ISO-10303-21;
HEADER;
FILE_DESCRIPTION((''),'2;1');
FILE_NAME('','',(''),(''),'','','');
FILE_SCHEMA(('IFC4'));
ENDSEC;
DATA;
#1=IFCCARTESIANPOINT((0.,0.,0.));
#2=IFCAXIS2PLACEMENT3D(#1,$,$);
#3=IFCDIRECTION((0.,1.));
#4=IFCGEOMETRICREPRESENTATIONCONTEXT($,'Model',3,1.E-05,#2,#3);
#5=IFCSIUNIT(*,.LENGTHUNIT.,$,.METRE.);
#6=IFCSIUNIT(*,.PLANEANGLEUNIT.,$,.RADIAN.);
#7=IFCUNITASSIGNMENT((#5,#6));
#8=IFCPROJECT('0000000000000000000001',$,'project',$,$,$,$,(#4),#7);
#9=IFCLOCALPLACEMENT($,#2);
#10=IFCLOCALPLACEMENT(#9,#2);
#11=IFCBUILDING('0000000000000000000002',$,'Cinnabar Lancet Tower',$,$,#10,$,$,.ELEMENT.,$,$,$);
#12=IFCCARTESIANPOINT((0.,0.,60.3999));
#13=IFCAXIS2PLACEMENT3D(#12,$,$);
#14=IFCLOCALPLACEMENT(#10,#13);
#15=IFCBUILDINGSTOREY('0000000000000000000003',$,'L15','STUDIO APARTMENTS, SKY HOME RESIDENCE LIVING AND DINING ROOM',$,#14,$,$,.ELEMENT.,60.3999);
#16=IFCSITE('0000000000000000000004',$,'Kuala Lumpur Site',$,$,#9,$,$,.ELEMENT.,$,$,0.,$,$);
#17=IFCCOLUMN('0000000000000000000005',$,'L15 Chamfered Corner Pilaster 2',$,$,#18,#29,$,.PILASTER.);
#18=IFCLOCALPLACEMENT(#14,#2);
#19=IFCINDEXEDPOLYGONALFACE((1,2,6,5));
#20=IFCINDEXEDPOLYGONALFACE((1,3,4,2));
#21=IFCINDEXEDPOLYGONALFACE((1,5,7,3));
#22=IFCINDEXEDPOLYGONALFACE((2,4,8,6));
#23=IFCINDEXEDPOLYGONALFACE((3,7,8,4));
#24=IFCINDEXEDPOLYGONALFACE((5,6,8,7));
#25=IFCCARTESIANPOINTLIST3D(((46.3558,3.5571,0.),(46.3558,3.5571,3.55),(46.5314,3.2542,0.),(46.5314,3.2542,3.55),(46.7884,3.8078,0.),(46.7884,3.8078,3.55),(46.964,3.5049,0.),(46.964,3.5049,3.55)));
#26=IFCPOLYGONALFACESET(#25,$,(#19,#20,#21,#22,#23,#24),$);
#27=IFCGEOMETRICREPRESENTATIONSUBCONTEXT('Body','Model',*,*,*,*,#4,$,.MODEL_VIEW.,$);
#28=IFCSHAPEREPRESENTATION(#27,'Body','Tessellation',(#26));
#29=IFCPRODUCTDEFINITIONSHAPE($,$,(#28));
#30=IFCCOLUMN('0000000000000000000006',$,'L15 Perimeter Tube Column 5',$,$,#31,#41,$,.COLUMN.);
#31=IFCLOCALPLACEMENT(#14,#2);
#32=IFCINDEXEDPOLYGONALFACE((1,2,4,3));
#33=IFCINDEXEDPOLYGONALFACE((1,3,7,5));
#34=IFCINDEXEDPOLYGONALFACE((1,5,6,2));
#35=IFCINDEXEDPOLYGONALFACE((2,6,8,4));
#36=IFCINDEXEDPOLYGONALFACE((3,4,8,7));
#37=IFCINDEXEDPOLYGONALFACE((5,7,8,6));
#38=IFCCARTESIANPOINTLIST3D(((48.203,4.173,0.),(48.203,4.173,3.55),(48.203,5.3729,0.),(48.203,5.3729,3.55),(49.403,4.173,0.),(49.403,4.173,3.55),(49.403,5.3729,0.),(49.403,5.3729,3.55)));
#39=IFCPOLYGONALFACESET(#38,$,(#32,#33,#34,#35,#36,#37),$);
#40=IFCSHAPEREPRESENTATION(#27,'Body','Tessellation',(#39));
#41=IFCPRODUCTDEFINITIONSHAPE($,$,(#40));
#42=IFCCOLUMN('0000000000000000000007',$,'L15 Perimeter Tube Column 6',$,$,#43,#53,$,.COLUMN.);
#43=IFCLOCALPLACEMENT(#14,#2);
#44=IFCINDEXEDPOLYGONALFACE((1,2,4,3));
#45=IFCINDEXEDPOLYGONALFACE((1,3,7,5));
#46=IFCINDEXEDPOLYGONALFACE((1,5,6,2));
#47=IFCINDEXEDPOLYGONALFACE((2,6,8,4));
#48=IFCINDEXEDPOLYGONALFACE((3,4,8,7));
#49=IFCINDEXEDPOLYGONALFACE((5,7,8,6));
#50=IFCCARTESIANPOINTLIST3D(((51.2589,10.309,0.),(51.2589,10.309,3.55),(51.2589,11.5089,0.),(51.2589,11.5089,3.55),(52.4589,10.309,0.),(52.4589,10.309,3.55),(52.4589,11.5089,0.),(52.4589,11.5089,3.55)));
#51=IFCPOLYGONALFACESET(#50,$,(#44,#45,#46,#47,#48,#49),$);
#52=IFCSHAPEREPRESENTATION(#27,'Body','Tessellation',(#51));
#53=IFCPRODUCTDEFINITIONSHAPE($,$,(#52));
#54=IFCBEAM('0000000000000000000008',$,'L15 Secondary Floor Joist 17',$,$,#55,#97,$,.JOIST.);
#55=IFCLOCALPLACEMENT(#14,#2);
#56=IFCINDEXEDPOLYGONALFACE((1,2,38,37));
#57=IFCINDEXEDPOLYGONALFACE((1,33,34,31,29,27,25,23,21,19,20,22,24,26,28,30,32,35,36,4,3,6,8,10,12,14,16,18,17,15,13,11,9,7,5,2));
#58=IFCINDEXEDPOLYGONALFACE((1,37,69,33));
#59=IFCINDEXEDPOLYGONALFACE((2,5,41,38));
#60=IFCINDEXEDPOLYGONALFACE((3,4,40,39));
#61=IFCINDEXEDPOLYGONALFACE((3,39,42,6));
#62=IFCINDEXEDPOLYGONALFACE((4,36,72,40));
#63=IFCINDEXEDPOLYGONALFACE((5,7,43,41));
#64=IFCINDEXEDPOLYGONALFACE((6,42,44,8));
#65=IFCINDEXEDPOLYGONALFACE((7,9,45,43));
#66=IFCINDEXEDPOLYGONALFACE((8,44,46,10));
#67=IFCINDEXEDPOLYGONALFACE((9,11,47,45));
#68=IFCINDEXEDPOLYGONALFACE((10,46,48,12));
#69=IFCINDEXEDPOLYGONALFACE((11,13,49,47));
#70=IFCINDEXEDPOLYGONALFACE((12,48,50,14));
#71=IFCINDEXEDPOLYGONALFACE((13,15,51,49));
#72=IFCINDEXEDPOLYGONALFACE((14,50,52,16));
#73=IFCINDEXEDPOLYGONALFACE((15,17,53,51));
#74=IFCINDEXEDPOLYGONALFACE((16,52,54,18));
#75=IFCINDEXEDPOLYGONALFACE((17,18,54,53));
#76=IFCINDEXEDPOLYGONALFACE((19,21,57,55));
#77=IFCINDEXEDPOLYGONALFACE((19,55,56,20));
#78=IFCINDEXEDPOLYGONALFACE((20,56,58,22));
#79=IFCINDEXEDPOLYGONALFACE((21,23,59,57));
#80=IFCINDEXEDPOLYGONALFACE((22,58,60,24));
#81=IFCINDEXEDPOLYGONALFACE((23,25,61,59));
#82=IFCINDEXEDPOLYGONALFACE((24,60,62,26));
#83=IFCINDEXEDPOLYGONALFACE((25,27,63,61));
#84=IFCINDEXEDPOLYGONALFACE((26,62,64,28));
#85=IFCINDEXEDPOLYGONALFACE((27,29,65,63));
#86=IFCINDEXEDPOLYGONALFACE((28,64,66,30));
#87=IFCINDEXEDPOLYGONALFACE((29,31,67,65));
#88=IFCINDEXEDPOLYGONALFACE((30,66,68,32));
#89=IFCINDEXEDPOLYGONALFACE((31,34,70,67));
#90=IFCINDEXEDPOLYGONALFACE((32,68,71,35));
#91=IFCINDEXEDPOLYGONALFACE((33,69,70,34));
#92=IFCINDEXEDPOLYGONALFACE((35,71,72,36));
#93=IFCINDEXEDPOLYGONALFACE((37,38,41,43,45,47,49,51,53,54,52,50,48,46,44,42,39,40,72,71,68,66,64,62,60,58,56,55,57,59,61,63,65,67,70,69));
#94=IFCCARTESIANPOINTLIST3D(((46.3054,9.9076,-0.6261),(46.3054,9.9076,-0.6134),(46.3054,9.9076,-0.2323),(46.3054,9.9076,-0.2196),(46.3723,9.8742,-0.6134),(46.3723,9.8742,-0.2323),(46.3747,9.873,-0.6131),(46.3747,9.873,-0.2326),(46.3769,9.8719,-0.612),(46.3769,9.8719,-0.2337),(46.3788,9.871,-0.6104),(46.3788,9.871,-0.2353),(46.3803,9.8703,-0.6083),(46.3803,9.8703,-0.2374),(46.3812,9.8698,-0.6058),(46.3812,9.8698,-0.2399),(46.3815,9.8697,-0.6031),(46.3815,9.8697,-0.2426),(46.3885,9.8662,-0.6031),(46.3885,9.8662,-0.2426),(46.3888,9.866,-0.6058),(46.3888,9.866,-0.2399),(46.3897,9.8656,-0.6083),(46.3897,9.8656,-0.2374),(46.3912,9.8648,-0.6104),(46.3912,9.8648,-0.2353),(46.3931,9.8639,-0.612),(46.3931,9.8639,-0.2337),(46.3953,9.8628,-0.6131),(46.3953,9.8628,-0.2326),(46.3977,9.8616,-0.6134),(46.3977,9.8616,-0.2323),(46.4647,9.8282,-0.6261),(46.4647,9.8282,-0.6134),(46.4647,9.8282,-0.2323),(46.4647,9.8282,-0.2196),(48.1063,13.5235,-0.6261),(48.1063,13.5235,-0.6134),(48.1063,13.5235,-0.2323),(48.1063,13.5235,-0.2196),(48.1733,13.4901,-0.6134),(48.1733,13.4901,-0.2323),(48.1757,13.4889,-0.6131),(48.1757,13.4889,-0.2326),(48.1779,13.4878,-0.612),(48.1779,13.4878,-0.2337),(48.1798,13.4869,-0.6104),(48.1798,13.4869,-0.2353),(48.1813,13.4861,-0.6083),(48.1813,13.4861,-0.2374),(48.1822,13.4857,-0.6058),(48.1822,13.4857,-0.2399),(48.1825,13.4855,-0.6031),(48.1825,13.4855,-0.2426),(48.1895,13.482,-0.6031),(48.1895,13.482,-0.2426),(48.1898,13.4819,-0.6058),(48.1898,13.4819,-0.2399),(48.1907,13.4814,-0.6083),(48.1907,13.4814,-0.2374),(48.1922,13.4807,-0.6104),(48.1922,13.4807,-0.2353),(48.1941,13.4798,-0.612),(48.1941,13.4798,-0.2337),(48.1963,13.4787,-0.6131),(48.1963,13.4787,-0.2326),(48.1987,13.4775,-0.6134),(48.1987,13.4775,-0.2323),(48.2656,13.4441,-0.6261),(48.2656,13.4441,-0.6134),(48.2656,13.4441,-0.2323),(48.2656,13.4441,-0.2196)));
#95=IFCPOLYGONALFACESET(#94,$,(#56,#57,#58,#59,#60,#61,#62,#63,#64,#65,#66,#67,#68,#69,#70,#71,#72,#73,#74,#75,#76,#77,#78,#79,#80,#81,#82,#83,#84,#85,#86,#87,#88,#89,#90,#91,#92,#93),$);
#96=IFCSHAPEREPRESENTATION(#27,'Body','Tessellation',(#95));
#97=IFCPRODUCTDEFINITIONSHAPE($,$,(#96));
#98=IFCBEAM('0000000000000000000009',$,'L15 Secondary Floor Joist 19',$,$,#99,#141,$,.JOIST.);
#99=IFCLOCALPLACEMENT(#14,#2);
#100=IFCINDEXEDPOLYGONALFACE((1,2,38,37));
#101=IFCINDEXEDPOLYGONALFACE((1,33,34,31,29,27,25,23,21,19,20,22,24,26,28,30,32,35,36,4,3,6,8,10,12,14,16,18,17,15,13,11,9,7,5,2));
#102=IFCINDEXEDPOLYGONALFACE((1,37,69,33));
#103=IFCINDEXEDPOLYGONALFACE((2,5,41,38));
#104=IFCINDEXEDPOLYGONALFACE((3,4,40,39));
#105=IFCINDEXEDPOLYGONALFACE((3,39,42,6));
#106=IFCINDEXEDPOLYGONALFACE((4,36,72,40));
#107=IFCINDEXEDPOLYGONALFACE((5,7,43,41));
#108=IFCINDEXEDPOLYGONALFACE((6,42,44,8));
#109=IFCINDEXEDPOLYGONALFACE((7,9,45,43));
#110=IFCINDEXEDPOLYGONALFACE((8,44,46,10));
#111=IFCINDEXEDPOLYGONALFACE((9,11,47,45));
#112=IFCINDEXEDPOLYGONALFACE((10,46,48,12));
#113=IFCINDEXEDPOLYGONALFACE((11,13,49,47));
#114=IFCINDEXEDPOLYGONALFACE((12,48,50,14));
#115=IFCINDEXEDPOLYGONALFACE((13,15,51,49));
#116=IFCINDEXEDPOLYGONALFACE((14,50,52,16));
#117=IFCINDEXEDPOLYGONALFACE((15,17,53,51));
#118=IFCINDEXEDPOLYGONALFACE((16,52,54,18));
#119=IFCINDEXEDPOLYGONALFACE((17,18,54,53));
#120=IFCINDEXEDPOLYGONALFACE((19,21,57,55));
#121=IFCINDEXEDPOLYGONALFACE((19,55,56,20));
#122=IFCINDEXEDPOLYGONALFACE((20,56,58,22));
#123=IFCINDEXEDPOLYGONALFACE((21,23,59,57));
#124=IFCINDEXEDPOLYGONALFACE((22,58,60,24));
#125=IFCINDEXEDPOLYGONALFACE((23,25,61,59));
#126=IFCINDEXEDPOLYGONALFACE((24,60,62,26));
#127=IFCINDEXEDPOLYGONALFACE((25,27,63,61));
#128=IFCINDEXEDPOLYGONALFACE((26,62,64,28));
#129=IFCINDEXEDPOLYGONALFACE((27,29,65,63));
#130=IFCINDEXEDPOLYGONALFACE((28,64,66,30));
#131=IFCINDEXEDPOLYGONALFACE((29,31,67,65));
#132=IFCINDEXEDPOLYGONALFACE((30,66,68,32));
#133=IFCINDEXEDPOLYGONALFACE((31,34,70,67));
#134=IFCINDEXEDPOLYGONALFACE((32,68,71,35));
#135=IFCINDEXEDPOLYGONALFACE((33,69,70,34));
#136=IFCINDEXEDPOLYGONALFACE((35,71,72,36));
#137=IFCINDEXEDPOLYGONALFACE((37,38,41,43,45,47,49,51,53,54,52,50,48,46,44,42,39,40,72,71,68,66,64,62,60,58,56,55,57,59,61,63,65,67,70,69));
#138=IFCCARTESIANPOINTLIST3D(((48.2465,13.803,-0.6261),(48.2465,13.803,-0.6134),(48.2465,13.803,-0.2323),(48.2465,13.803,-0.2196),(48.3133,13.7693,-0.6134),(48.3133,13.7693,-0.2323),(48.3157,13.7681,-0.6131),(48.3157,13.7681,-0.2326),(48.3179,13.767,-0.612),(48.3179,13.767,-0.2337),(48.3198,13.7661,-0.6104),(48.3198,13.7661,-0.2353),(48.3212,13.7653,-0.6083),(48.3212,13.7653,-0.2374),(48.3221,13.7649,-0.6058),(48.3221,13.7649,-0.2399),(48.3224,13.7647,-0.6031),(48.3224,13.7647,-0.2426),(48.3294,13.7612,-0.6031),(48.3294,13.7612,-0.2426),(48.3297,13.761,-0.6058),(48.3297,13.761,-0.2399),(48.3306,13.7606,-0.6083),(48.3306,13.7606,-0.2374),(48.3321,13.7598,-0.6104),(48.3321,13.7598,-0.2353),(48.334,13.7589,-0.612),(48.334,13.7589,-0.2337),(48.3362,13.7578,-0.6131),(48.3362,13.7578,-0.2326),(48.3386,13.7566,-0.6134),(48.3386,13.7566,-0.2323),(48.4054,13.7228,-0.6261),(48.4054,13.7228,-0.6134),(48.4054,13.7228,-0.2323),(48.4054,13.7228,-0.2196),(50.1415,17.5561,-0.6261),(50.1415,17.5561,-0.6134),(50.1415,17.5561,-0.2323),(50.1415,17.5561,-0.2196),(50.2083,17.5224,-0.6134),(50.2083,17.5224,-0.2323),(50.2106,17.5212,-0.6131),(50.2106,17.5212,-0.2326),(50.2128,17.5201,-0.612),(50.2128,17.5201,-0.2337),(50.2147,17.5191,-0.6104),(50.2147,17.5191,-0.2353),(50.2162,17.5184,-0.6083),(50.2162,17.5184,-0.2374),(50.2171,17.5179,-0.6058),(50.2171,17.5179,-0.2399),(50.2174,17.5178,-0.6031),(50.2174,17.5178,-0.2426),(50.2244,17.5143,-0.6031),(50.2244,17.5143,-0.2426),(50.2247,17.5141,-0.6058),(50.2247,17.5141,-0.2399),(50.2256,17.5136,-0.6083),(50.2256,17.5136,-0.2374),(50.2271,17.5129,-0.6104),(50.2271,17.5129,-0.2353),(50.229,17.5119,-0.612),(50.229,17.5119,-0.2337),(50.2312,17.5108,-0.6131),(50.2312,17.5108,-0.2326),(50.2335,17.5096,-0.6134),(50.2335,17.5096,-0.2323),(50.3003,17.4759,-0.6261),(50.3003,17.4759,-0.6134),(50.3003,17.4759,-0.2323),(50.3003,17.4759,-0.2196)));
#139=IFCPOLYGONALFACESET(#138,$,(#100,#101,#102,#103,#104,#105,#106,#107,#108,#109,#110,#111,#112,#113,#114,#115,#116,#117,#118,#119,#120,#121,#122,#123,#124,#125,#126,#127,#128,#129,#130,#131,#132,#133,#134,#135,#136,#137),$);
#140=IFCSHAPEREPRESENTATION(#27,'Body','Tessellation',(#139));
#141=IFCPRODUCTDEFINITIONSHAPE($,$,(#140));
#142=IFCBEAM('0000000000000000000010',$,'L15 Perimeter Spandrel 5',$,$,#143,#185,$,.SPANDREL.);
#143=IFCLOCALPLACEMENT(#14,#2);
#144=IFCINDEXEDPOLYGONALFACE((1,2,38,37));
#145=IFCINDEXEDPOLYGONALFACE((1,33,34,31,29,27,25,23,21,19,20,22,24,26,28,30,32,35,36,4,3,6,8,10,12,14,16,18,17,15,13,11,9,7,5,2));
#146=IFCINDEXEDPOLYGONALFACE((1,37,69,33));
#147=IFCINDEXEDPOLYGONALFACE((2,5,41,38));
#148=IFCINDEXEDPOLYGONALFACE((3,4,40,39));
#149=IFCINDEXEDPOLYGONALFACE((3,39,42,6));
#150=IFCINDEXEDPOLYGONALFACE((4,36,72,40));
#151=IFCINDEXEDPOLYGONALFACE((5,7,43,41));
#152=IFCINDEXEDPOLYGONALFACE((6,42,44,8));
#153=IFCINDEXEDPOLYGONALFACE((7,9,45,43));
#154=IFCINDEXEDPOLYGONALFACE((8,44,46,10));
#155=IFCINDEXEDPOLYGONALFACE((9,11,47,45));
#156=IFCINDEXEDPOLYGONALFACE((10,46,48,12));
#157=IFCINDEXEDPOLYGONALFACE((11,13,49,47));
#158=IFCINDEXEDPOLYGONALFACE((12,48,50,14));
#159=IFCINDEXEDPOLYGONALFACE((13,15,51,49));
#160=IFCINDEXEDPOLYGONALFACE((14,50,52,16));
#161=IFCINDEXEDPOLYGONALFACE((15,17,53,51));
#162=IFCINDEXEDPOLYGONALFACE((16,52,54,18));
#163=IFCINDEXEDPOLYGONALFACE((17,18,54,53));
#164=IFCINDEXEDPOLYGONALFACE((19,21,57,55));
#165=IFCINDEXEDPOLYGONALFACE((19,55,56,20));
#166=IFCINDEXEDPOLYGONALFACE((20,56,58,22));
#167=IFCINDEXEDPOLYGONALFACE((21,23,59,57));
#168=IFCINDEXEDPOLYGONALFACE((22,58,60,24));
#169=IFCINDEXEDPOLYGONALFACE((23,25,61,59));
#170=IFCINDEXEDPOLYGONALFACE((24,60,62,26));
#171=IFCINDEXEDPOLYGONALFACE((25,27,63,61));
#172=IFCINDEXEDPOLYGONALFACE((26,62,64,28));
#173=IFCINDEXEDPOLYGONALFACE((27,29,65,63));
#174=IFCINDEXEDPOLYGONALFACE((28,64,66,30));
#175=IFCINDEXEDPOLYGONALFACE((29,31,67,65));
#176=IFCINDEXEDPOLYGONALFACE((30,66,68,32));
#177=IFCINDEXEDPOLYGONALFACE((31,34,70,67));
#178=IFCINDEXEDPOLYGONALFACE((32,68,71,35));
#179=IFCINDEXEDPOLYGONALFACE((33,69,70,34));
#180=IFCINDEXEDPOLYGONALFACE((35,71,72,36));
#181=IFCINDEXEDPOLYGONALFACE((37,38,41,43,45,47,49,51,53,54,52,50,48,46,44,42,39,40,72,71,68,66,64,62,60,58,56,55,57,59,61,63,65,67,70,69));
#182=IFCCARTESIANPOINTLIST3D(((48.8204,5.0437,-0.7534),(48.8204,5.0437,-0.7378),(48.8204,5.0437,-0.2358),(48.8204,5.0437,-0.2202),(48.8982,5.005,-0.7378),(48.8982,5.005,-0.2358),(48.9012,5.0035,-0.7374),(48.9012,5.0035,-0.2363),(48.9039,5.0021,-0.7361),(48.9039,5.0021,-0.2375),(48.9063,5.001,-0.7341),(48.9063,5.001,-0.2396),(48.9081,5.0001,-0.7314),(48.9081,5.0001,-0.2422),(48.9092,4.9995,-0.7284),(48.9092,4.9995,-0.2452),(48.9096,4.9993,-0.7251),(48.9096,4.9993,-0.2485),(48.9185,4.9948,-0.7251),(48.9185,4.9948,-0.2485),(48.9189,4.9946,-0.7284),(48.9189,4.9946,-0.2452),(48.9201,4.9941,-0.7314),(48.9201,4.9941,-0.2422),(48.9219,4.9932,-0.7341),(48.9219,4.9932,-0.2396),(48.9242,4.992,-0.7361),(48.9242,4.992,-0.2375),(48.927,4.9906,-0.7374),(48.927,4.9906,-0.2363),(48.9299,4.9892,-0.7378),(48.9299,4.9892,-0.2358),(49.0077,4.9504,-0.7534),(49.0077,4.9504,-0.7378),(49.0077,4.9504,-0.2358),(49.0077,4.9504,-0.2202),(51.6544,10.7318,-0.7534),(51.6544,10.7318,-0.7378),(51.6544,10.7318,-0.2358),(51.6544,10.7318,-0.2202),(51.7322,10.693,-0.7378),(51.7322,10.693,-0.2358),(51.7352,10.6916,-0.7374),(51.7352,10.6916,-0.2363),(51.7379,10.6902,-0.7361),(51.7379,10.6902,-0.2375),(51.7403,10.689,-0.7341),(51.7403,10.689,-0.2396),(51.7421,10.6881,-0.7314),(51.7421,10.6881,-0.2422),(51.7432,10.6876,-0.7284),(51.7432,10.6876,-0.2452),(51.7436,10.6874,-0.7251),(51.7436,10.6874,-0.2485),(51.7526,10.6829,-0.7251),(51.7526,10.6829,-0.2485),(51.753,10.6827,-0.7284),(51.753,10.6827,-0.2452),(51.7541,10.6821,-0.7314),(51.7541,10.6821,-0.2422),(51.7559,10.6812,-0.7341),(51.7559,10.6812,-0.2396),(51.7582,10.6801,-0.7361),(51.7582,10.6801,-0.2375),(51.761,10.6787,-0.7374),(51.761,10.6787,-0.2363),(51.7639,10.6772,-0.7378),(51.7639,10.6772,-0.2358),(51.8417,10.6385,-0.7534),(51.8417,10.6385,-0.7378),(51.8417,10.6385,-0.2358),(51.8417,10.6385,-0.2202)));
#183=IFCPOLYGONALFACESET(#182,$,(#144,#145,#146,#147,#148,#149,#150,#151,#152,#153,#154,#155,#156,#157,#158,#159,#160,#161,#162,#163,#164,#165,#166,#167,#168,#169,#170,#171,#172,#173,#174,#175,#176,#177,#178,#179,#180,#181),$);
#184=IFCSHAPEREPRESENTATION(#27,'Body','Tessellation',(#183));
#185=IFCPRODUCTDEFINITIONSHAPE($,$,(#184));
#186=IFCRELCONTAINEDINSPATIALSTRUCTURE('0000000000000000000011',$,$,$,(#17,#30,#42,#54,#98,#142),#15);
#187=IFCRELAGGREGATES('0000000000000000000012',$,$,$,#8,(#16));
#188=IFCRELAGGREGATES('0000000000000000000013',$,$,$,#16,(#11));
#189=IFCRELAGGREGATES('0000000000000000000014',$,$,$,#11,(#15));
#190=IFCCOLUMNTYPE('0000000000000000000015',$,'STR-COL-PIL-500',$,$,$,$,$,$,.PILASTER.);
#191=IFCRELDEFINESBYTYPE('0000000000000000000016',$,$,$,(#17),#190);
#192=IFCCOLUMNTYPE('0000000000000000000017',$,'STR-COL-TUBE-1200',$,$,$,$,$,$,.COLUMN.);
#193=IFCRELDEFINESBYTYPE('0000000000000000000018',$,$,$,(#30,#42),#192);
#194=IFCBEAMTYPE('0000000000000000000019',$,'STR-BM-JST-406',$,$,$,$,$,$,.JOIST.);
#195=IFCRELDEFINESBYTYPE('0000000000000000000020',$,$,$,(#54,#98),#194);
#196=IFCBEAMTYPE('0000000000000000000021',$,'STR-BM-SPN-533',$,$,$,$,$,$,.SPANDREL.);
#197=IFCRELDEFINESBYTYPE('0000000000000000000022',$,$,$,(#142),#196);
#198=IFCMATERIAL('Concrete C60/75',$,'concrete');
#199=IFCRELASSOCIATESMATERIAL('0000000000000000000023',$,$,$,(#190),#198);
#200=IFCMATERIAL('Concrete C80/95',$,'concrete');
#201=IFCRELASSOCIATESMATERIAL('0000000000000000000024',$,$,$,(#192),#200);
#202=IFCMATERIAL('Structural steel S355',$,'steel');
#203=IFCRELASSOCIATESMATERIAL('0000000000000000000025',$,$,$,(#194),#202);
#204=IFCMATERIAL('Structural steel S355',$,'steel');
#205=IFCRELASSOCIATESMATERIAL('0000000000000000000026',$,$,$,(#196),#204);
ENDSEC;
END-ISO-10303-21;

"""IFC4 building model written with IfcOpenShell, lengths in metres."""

from ifc_helpers import new_model, si_unit, direction, frame, origin, origin_2d, place, context, subcontext, project, spatial, rectangle, i_section, extrude, material, material_profile, profile_set, type_object, element, save


model = new_model("IFC4")

# Units and contexts
model_context = context("Model", 3, precision=1e-05, world=origin(), true_north=direction((0.0, 1.0)))
body_context = subcontext(model_context, "Body", "Model", "MODEL_VIEW")
ifc_project = project(units=[si_unit("LENGTHUNIT", "METRE"), si_unit("PLANEANGLEUNIT", "RADIAN")], contexts=[model_context])

# Site, building, storey
site_placement = place(None, origin())
site = spatial("IfcSite", under=ifc_project, at=site_placement, Name="Kuala Lumpur Site", CompositionType="ELEMENT", RefElevation=0.0)
building_placement = place(site_placement, origin())
building = spatial("IfcBuilding", under=site, at=building_placement, Name="Cinnabar Lancet Tower", CompositionType="ELEMENT")
storey_placement = place(building_placement, frame((0.0, 0.0, 60.3999)))
storey = spatial("IfcBuildingStorey", under=building, at=storey_placement, Name="L15", Description="STUDIO APARTMENTS, SKY HOME RESIDENCE LIVING AND DINING ROOM", CompositionType="ELEMENT", Elevation=60.3999)

# Columns
ifc_material_1 = material(Name="Concrete C60/75", Category="concrete")
ifc_material_profile_1 = material_profile(ifc_material_1, rectangle(XDim=0.5, YDim=0.3501, at=origin_2d()), Name="RC-PIL 500x350")
ifc_profile_set_1 = profile_set([ifc_material_profile_1], Name="Concrete C60/75")
column_type_1 = type_object("IfcColumnType", Name="STR-COL-PIL-500", PredefinedType="PILASTER", material=ifc_profile_set_1)
column_placement = place(storey_placement, frame((46.6599, 3.531, 0.0), z_axis=(0.0, 0.0, 1.0), x_axis=(0.865195, 0.501435, 0.0)))
element("IfcColumn", 1, at=column_placement, inside=storey, type_object=column_type_1, Name="L15 Chamfered Corner Pilaster 2", PredefinedType="PILASTER", context=body_context, shape_type="SweptSolid", body=[
    extrude(rectangle(XDim=0.5, YDim=0.3501, at=origin_2d()), origin(), (0.0, 0.0, 1.0), 3.55),
])
ifc_material_2 = material(Name="Concrete C80/95", Category="concrete")
ifc_material_profile_2 = material_profile(ifc_material_2, rectangle(XDim=1.2, YDim=1.2, at=origin_2d()), Name="RC-COL 1200x1200")
ifc_profile_set_2 = profile_set([ifc_material_profile_2], Name="Concrete C80/95")
column_type_2 = type_object("IfcColumnType", Name="STR-COL-TUBE-1200", PredefinedType="COLUMN", material=ifc_profile_set_2)
for number, where, z_axis, x_axis, name in (
    (2, (48.803, 4.7729, 0.0), (0.0, 0.0, 1.0), (1.0, 0.0, 0.0), "L15 Perimeter Tube Column 5"),
    (3, (51.8589, 10.9089, 0.0), (0.0, 0.0, 1.0), (1.0, 0.0, 0.0), "L15 Perimeter Tube Column 6"),
):
    element("IfcColumn", number, at=place(storey_placement, frame(where, z_axis=z_axis, x_axis=x_axis)), inside=storey, type_object=column_type_2, Name=name, PredefinedType="COLUMN", context=body_context, shape_type="SweptSolid", body=[
        extrude(rectangle(XDim=1.2, YDim=1.2, at=origin_2d()), origin(), (0.0, 0.0, 1.0), 3.55),
    ])

# Beams
ifc_material_3 = material(Name="Structural steel S355", Category="steel")
ifc_material_profile_3 = material_profile(ifc_material_3, i_section(OverallWidth=0.178, OverallDepth=0.4065, WebThickness=0.0078, FlangeThickness=0.0127, FilletRadius=0.0103, at=origin_2d()), Name="UKB 406x178x60")
ifc_profile_set_3 = profile_set([ifc_material_profile_3], Name="Structural steel S355")
beam_type_1 = type_object("IfcBeamType", Name="STR-BM-JST-406", PredefinedType="JOIST", material=ifc_profile_set_3)
beam_1_placement = place(storey_placement, frame((46.385, 9.8679, -0.4229), z_axis=(0.445835, 0.895115, 0.0), x_axis=(-0.895115, 0.445835, 0.0)))
element("IfcBeam", 4, at=beam_1_placement, inside=storey, type_object=beam_type_1, Name="L15 Secondary Floor Joist 17", PredefinedType="JOIST", context=body_context, shape_type="SweptSolid", body=[
    extrude(i_section(OverallWidth=0.178, OverallDepth=0.4065, WebThickness=0.0078, FlangeThickness=0.0127, FilletRadius=0.0103, at=origin_2d()), origin(), (0.0, 0.0, 1.0), 4.0396),
])
beam_2_placement = place(storey_placement, frame((48.3259, 13.7629, -0.4229), z_axis=(0.450717, 0.892667, 0.0), x_axis=(-0.892667, 0.450717, 0.0)))
element("IfcBeam", 5, at=beam_2_placement, inside=storey, type_object=beam_type_1, Name="L15 Secondary Floor Joist 19", PredefinedType="JOIST", context=body_context, shape_type="SweptSolid", body=[
    extrude(i_section(OverallWidth=0.178, OverallDepth=0.4065, WebThickness=0.0078, FlangeThickness=0.0127, FilletRadius=0.0103, at=origin_2d()), origin(), (0.0, 0.0, 1.0), 4.2043),
])
ifc_material_4 = material(Name="Structural steel S355", Category="steel")
ifc_material_profile_4 = material_profile(ifc_material_4, i_section(OverallWidth=0.2092, OverallDepth=0.5332, WebThickness=0.01, FlangeThickness=0.0156, FilletRadius=0.0127, at=origin_2d()), Name="UKB 533x210x92")
ifc_profile_set_4 = profile_set([ifc_material_profile_4], Name="Structural steel S355")
beam_type_2 = type_object("IfcBeamType", Name="STR-BM-SPN-533", PredefinedType="SPANDREL", material=ifc_profile_set_4)
beam_3_placement = place(storey_placement, frame((48.9141, 4.9971, -0.4868), z_axis=(0.445953, 0.895056, 0.0), x_axis=(-0.895056, 0.445953, 0.0)))
element("IfcBeam", 6, at=beam_3_placement, inside=storey, type_object=beam_type_2, Name="L15 Perimeter Spandrel 5", PredefinedType="SPANDREL", context=body_context, shape_type="SweptSolid", body=[
    extrude(i_section(OverallWidth=0.2092, OverallDepth=0.5332, WebThickness=0.01, FlangeThickness=0.0156, FilletRadius=0.0127, at=origin_2d()), origin(), (0.0, 0.0, 1.0), 6.355),
])

save(model, "model.ifc")
